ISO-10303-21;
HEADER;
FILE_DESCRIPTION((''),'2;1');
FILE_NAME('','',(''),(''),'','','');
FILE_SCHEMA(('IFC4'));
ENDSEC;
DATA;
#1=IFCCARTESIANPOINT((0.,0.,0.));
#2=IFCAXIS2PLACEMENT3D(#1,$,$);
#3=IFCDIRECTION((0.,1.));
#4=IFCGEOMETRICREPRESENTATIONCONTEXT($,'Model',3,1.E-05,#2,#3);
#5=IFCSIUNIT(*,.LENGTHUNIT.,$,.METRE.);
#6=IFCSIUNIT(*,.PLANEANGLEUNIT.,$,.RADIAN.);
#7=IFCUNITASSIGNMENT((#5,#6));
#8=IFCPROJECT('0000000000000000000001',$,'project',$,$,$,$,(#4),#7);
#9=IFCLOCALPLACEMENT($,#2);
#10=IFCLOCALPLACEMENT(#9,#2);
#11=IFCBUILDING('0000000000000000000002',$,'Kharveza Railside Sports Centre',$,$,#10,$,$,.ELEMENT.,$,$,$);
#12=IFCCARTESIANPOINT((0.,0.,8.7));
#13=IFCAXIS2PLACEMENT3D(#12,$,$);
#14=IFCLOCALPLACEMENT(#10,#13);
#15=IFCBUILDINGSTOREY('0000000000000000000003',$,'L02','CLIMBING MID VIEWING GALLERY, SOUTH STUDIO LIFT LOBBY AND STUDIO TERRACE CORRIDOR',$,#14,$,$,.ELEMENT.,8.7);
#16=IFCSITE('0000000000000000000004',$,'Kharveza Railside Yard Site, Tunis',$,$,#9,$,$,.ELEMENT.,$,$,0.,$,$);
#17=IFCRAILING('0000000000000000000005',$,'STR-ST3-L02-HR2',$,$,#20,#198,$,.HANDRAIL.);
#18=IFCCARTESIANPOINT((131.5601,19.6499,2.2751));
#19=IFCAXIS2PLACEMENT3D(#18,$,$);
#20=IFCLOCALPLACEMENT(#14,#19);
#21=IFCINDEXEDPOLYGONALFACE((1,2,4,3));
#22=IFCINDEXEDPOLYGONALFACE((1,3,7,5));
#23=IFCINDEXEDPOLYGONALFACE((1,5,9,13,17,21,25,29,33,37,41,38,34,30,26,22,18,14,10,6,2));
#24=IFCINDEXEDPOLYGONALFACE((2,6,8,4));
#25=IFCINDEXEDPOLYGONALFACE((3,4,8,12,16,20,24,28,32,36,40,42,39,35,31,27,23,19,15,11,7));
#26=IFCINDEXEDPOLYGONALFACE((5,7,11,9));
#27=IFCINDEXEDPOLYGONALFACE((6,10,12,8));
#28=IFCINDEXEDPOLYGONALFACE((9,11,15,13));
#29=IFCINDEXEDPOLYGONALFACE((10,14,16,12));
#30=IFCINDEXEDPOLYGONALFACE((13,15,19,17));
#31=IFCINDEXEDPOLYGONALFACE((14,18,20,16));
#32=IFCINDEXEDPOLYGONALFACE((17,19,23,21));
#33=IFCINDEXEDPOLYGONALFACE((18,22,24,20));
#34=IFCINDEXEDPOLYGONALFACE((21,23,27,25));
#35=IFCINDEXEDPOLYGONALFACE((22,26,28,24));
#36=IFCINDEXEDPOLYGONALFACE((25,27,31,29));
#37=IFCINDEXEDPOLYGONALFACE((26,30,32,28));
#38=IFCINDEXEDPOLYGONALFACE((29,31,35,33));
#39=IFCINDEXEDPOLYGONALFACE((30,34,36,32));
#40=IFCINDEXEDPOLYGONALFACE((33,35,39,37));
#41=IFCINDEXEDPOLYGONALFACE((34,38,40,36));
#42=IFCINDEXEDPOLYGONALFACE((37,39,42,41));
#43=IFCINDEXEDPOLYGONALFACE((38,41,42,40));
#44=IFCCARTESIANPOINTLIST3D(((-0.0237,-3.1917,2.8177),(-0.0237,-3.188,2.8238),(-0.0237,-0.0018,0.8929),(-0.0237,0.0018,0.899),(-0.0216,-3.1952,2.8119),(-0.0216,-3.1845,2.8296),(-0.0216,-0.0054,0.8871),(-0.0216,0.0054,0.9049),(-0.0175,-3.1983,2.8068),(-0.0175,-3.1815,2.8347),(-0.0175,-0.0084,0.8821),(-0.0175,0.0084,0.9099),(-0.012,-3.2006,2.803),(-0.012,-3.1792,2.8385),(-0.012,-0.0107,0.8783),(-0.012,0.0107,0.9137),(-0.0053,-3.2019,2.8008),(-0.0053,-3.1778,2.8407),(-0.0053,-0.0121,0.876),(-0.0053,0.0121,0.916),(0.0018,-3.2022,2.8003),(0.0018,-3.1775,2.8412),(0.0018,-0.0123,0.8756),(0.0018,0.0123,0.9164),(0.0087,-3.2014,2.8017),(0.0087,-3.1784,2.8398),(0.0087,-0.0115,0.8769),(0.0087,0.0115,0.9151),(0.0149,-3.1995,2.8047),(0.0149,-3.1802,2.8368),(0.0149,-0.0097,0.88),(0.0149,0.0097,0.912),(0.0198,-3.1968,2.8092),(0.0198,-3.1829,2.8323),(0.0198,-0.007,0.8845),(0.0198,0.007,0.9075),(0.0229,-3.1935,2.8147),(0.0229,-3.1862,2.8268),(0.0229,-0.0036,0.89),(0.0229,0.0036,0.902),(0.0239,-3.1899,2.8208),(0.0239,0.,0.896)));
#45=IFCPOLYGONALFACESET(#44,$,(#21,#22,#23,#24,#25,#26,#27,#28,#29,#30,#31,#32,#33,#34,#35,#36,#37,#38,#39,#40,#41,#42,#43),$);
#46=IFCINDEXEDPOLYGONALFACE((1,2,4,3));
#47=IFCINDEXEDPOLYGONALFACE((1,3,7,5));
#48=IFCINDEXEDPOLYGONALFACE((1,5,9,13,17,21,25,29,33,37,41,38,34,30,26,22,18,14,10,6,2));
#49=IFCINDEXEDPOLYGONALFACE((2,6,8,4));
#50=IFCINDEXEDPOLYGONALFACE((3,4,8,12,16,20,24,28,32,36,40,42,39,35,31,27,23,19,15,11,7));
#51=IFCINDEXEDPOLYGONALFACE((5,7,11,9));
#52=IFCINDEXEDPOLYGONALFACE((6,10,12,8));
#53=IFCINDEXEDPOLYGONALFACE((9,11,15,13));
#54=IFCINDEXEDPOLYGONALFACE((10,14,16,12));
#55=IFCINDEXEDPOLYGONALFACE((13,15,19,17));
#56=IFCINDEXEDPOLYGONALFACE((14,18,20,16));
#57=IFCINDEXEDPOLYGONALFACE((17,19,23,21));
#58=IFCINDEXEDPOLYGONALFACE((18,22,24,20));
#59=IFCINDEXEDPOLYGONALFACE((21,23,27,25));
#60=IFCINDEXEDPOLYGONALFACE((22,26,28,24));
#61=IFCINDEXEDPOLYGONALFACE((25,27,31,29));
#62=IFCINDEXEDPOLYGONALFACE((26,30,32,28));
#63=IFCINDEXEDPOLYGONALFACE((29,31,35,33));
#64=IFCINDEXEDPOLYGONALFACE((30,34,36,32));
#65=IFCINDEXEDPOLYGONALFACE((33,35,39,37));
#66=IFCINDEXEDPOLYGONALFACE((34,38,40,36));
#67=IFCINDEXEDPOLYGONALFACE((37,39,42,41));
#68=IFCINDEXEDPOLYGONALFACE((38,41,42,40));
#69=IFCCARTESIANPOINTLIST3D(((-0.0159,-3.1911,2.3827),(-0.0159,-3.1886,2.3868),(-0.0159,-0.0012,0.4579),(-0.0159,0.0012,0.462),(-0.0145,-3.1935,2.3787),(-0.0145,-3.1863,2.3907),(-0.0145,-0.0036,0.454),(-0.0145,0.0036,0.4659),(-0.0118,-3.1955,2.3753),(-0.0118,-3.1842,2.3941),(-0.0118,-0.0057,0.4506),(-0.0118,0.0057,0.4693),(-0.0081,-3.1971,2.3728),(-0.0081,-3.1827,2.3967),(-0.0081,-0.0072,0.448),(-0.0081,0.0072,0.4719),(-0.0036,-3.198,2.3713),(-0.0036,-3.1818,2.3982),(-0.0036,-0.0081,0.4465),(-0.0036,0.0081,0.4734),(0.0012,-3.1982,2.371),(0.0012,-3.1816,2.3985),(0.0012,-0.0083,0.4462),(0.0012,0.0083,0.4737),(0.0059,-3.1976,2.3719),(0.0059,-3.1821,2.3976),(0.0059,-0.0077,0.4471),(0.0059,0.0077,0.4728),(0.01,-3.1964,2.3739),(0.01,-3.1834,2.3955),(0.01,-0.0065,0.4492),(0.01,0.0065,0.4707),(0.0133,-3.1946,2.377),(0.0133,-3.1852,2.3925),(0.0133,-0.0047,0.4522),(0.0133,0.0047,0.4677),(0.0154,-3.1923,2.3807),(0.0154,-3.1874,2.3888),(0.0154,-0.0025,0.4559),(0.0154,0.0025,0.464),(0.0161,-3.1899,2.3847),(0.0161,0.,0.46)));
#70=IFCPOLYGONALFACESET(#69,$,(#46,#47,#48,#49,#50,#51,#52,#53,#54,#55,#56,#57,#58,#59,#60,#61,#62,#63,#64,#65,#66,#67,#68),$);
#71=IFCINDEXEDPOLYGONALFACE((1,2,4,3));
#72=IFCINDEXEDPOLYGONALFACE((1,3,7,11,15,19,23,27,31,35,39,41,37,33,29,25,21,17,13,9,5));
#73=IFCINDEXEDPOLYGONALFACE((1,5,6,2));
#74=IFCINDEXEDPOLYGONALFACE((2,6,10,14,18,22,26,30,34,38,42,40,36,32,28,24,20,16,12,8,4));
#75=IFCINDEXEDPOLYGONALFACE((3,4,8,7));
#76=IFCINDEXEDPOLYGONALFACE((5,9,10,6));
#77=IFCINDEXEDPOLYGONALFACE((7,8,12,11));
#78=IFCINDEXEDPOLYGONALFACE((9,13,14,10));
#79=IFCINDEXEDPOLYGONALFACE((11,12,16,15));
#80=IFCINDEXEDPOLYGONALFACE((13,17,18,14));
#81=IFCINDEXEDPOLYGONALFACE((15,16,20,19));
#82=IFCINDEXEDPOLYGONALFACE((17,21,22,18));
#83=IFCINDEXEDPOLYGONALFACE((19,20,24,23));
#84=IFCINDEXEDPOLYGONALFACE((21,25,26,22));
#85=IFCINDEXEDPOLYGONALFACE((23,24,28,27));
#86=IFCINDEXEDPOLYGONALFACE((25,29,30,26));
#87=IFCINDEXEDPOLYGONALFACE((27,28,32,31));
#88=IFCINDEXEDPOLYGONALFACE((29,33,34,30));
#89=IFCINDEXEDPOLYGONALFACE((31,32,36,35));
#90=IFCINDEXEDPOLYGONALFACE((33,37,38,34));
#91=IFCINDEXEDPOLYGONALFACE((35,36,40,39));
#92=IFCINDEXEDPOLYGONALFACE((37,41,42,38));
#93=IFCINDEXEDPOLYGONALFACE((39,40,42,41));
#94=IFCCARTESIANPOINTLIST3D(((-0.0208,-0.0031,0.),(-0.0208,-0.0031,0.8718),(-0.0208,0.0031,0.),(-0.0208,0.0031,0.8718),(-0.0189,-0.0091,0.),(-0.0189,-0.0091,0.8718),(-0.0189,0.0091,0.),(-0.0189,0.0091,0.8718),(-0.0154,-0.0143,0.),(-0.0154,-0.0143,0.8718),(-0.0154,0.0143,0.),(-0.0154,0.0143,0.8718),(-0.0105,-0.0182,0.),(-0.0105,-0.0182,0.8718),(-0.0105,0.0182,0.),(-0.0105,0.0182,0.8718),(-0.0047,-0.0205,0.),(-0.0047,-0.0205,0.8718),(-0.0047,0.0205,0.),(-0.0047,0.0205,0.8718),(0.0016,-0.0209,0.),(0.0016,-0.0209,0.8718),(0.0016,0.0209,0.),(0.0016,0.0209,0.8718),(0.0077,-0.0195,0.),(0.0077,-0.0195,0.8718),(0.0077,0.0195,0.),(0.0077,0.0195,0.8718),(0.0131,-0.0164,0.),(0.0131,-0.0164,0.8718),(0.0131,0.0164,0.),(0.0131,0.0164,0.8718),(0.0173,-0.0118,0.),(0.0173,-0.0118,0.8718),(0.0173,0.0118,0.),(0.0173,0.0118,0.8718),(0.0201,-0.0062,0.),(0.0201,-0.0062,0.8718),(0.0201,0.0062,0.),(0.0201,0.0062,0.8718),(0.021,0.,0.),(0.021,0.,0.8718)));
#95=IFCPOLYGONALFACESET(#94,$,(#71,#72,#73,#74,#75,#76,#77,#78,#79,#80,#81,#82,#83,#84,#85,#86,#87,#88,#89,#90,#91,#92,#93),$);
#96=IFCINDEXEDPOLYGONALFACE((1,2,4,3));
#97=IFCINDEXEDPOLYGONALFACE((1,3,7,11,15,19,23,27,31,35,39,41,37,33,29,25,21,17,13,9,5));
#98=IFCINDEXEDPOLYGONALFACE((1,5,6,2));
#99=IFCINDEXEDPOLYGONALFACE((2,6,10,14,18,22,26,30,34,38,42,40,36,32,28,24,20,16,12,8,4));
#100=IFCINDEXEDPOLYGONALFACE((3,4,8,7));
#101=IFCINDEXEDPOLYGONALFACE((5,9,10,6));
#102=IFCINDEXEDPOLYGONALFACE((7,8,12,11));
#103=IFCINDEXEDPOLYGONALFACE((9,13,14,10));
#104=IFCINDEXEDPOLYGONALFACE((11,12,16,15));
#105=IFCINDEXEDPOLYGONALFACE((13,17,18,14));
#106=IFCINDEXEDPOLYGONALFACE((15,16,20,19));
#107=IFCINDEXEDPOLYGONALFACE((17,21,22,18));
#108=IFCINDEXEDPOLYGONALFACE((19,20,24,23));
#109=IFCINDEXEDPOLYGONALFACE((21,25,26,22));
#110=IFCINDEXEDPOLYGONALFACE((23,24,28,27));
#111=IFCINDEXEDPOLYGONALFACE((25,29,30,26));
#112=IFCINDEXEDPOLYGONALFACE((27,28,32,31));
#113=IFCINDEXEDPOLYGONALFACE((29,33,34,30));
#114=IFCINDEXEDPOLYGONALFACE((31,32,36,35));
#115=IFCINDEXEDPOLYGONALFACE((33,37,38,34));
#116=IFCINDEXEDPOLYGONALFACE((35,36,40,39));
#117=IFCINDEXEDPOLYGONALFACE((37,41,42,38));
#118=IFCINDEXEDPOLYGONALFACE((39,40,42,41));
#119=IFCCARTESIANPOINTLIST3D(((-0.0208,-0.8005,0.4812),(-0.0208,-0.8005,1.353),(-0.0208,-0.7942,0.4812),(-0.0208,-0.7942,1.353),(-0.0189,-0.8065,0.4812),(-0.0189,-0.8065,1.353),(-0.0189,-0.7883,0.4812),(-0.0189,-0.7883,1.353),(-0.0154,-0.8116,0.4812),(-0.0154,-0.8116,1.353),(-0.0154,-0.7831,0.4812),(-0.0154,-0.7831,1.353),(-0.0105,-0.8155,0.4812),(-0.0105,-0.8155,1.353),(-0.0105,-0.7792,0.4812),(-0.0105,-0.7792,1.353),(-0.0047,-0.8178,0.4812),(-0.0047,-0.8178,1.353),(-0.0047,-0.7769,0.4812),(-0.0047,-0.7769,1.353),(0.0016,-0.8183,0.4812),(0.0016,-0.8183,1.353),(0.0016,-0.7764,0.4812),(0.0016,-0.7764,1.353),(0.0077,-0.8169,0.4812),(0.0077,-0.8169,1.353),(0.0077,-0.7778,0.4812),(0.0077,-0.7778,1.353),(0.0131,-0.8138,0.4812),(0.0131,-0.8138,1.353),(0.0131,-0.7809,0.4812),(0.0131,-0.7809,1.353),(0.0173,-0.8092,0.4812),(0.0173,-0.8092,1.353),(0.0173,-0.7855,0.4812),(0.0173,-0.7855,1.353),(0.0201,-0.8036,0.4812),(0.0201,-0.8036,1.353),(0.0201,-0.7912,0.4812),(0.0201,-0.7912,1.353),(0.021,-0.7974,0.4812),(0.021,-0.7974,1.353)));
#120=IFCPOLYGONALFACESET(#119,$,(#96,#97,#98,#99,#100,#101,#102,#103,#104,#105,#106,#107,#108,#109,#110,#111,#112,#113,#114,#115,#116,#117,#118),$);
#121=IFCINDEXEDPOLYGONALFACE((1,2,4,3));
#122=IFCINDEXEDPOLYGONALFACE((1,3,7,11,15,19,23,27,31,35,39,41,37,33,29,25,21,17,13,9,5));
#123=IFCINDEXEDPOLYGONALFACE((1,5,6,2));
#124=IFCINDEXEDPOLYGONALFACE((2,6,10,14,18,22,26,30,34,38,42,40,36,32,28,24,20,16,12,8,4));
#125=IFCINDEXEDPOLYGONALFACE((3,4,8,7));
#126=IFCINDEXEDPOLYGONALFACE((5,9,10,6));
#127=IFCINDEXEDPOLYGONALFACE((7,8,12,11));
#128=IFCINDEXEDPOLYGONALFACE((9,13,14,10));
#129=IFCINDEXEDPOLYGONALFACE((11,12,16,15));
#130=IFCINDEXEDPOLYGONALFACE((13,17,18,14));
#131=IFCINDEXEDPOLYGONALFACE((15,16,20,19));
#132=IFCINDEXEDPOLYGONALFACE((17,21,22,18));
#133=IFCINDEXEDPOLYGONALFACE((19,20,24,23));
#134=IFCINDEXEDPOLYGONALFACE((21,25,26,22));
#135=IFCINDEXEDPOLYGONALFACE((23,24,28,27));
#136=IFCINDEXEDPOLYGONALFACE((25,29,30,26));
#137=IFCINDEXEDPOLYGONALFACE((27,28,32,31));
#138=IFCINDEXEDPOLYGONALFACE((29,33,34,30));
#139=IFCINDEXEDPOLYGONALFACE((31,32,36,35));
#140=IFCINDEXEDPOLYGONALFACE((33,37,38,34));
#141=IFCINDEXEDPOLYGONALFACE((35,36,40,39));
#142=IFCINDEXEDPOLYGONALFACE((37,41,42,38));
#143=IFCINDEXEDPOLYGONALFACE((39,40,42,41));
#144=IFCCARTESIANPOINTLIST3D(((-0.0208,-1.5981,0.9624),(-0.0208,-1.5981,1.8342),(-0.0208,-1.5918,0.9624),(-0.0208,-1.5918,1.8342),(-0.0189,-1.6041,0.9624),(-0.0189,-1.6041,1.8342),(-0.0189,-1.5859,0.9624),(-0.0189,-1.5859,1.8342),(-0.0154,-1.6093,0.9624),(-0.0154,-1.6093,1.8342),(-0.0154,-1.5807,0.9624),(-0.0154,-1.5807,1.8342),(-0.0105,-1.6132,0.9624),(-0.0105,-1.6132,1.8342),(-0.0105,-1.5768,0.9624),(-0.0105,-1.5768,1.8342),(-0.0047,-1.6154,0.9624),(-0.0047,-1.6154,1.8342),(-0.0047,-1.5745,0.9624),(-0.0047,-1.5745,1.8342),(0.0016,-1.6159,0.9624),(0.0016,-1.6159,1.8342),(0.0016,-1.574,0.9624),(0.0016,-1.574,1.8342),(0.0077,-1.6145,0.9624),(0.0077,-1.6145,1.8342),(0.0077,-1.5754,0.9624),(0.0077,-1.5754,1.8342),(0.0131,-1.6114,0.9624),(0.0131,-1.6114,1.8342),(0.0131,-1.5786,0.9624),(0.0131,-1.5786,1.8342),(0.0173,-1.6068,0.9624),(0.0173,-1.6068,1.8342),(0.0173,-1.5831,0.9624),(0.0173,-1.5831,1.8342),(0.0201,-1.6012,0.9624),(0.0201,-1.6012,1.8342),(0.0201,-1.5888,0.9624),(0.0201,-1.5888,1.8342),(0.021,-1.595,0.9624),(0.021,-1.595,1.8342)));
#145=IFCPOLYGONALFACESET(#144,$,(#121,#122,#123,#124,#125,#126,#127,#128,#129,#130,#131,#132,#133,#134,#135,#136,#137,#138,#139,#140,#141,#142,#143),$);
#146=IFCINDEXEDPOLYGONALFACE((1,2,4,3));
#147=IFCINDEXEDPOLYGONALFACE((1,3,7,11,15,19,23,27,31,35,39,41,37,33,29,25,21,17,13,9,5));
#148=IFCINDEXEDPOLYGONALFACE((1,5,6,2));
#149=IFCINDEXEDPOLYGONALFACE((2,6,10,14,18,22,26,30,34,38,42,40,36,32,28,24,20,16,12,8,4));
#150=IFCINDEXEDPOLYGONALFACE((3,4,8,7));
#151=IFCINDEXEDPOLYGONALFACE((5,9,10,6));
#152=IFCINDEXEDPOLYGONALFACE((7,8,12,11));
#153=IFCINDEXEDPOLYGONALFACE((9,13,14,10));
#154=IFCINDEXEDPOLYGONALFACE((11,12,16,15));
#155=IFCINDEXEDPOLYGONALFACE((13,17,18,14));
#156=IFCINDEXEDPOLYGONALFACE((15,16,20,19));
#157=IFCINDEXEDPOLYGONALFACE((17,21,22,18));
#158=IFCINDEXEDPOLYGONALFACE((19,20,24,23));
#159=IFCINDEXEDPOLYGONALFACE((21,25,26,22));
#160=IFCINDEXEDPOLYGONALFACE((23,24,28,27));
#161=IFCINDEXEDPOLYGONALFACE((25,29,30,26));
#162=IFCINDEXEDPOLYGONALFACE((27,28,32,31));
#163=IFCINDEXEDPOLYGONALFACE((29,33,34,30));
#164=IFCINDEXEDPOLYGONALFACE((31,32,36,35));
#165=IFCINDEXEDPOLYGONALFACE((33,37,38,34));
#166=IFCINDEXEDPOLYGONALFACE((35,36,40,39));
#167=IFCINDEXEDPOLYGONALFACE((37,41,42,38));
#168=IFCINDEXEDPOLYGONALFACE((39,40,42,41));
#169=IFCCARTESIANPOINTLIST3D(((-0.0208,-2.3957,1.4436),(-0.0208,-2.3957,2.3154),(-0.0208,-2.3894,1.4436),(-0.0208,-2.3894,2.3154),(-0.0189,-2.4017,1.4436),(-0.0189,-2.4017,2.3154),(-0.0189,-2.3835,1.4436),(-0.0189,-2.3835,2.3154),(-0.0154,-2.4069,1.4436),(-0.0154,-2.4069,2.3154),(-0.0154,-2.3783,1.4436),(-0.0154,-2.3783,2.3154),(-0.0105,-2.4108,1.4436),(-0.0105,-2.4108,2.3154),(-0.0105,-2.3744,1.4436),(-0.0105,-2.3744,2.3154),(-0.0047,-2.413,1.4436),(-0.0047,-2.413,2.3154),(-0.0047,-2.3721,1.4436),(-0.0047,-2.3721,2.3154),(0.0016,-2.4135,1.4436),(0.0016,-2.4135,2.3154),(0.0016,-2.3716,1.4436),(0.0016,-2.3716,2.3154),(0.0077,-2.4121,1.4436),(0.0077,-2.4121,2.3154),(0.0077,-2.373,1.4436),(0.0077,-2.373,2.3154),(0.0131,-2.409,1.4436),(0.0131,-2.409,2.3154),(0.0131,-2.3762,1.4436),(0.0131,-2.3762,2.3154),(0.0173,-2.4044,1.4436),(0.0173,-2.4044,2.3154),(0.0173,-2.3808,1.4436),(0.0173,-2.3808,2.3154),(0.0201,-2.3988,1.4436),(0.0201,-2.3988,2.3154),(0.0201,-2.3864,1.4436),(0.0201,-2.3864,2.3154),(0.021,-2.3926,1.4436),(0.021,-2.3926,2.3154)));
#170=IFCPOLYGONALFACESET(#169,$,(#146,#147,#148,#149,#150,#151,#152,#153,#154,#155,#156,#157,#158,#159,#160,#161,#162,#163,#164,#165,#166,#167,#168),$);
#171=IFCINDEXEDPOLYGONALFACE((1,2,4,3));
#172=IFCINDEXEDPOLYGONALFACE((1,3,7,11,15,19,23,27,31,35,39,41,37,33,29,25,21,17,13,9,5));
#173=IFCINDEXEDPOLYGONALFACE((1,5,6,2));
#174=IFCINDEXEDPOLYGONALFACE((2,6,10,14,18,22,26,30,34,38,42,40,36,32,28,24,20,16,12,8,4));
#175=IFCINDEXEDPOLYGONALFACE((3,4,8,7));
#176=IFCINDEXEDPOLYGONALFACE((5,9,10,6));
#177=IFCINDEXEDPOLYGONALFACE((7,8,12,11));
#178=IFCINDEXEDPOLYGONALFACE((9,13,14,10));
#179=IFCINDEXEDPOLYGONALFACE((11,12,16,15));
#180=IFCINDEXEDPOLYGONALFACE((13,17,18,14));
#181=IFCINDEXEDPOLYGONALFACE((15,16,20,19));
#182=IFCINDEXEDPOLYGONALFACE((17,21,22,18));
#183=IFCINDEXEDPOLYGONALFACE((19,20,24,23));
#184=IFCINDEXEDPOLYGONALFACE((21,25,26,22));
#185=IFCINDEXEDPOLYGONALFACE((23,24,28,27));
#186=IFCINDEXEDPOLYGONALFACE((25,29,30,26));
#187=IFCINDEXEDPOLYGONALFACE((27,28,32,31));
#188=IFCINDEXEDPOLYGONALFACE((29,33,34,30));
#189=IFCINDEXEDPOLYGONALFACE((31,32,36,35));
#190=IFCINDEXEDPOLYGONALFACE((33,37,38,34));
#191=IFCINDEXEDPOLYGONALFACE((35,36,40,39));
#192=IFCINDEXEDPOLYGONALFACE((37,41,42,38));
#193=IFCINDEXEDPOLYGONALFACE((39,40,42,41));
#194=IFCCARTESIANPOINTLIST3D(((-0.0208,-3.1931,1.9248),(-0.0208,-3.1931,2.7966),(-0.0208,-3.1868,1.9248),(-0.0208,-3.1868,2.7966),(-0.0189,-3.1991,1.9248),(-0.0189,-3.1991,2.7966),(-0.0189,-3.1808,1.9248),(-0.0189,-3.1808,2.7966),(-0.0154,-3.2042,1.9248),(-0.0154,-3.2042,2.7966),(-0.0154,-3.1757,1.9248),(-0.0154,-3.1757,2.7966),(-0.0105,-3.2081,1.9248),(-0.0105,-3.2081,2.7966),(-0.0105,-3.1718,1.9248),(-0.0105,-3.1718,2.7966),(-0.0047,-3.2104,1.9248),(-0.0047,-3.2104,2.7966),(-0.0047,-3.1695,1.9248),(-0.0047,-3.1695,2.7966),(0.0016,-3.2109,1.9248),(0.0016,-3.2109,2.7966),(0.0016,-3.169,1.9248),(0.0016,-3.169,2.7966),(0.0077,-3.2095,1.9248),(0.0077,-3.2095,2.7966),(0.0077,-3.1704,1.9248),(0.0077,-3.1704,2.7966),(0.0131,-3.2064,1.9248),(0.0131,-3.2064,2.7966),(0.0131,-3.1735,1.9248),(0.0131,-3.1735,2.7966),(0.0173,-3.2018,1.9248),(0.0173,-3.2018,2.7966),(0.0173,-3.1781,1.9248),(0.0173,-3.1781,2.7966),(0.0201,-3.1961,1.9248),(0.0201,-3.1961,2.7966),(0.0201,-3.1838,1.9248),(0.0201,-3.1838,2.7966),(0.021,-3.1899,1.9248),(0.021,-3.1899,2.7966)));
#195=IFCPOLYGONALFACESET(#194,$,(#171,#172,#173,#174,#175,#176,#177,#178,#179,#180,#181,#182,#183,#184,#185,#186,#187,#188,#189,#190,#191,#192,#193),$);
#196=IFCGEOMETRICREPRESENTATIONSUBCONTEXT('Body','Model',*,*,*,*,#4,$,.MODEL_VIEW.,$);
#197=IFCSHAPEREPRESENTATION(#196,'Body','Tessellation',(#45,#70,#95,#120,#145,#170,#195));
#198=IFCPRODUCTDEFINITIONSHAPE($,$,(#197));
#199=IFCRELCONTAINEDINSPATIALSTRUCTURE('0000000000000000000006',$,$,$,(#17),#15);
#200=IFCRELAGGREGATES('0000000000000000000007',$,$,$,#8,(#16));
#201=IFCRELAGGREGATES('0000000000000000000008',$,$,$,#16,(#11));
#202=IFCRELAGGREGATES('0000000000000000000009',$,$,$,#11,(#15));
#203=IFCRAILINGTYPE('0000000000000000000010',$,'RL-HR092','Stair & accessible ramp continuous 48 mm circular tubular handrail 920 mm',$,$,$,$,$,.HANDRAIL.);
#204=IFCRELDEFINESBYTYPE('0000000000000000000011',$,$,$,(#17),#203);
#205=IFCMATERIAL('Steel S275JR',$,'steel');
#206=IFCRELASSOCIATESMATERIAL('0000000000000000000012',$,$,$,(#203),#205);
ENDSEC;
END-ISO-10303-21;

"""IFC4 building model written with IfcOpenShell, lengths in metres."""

from ifc_helpers import new_model, si_unit, direction, frame, origin, origin_2d, place, context, subcontext, project, spatial, circle, extrude, material, type_object, element, save


model = new_model("IFC4")

# Units and contexts
model_context = context("Model", 3, precision=1e-05, world=origin(), true_north=direction((0.0, 1.0)))
body_context = subcontext(model_context, "Body", "Model", "MODEL_VIEW")
ifc_project = project(units=[si_unit("LENGTHUNIT", "METRE"), si_unit("PLANEANGLEUNIT", "RADIAN")], contexts=[model_context])

# Site, building, storey
site_placement = place(None, origin())
site = spatial("IfcSite", under=ifc_project, at=site_placement, Name="Kharveza Railside Yard Site, Tunis", CompositionType="ELEMENT", RefElevation=0.0)
building_placement = place(site_placement, origin())
building = spatial("IfcBuilding", under=site, at=building_placement, Name="Kharveza Railside Sports Centre", CompositionType="ELEMENT")
storey_placement = place(building_placement, frame((0.0, 0.0, 8.7)))
storey = spatial("IfcBuildingStorey", under=building, at=storey_placement, Name="L02", Description="CLIMBING MID VIEWING GALLERY, SOUTH STUDIO LIFT LOBBY AND STUDIO TERRACE CORRIDOR", CompositionType="ELEMENT", Elevation=8.7)

# Railing
ifc_material_1 = material(Name="Steel S275JR", Category="steel")
railing_type_1 = type_object("IfcRailingType", Name="RL-HR092", Description="Stair & accessible ramp continuous 48 mm circular tubular handrail 920 mm", PredefinedType="HANDRAIL", material=ifc_material_1)
railing_1_placement = place(storey_placement, frame((131.5601, 19.6499, 2.2751)))
element("IfcRailing", 1, at=railing_1_placement, inside=storey, type_object=railing_type_1, Name="STR-ST3-L02-HR2", PredefinedType="HANDRAIL", context=body_context, shape_type="SweptSolid", body=[
    extrude(circle(Radius=0.0239, at=origin_2d()), frame((0.0, 0.0, 0.896), z_axis=(0.0, -0.856207, 0.516633), x_axis=(1.0, 0.0, 0.0)), (0.0, 0.0, 1.0), 3.7256),
    extrude(circle(Radius=0.0161, at=origin_2d()), frame((0.0, 0.0, 0.46), z_axis=(0.0, -0.856207, 0.516633), x_axis=(1.0, 0.0, 0.0)), (0.0, 0.0, 1.0), 3.7256),
    extrude(circle(Radius=0.021, at=origin_2d()), origin(), (0.0, 0.0, 1.0), 0.8718),
    extrude(circle(Radius=0.021, at=origin_2d()), frame((0.0, -0.7974, 0.4812)), (0.0, 0.0, 1.0), 0.8718),
    extrude(circle(Radius=0.021, at=origin_2d()), frame((0.0, -1.595, 0.9624)), (0.0, 0.0, 1.0), 0.8718),
    extrude(circle(Radius=0.021, at=origin_2d()), frame((0.0, -2.3926, 1.4436)), (0.0, 0.0, 1.0), 0.8718),
    extrude(circle(Radius=0.021, at=origin_2d()), frame((0.0, -3.1899, 1.9248)), (0.0, 0.0, 1.0), 0.8718),
])

save(model, "model.ifc")
